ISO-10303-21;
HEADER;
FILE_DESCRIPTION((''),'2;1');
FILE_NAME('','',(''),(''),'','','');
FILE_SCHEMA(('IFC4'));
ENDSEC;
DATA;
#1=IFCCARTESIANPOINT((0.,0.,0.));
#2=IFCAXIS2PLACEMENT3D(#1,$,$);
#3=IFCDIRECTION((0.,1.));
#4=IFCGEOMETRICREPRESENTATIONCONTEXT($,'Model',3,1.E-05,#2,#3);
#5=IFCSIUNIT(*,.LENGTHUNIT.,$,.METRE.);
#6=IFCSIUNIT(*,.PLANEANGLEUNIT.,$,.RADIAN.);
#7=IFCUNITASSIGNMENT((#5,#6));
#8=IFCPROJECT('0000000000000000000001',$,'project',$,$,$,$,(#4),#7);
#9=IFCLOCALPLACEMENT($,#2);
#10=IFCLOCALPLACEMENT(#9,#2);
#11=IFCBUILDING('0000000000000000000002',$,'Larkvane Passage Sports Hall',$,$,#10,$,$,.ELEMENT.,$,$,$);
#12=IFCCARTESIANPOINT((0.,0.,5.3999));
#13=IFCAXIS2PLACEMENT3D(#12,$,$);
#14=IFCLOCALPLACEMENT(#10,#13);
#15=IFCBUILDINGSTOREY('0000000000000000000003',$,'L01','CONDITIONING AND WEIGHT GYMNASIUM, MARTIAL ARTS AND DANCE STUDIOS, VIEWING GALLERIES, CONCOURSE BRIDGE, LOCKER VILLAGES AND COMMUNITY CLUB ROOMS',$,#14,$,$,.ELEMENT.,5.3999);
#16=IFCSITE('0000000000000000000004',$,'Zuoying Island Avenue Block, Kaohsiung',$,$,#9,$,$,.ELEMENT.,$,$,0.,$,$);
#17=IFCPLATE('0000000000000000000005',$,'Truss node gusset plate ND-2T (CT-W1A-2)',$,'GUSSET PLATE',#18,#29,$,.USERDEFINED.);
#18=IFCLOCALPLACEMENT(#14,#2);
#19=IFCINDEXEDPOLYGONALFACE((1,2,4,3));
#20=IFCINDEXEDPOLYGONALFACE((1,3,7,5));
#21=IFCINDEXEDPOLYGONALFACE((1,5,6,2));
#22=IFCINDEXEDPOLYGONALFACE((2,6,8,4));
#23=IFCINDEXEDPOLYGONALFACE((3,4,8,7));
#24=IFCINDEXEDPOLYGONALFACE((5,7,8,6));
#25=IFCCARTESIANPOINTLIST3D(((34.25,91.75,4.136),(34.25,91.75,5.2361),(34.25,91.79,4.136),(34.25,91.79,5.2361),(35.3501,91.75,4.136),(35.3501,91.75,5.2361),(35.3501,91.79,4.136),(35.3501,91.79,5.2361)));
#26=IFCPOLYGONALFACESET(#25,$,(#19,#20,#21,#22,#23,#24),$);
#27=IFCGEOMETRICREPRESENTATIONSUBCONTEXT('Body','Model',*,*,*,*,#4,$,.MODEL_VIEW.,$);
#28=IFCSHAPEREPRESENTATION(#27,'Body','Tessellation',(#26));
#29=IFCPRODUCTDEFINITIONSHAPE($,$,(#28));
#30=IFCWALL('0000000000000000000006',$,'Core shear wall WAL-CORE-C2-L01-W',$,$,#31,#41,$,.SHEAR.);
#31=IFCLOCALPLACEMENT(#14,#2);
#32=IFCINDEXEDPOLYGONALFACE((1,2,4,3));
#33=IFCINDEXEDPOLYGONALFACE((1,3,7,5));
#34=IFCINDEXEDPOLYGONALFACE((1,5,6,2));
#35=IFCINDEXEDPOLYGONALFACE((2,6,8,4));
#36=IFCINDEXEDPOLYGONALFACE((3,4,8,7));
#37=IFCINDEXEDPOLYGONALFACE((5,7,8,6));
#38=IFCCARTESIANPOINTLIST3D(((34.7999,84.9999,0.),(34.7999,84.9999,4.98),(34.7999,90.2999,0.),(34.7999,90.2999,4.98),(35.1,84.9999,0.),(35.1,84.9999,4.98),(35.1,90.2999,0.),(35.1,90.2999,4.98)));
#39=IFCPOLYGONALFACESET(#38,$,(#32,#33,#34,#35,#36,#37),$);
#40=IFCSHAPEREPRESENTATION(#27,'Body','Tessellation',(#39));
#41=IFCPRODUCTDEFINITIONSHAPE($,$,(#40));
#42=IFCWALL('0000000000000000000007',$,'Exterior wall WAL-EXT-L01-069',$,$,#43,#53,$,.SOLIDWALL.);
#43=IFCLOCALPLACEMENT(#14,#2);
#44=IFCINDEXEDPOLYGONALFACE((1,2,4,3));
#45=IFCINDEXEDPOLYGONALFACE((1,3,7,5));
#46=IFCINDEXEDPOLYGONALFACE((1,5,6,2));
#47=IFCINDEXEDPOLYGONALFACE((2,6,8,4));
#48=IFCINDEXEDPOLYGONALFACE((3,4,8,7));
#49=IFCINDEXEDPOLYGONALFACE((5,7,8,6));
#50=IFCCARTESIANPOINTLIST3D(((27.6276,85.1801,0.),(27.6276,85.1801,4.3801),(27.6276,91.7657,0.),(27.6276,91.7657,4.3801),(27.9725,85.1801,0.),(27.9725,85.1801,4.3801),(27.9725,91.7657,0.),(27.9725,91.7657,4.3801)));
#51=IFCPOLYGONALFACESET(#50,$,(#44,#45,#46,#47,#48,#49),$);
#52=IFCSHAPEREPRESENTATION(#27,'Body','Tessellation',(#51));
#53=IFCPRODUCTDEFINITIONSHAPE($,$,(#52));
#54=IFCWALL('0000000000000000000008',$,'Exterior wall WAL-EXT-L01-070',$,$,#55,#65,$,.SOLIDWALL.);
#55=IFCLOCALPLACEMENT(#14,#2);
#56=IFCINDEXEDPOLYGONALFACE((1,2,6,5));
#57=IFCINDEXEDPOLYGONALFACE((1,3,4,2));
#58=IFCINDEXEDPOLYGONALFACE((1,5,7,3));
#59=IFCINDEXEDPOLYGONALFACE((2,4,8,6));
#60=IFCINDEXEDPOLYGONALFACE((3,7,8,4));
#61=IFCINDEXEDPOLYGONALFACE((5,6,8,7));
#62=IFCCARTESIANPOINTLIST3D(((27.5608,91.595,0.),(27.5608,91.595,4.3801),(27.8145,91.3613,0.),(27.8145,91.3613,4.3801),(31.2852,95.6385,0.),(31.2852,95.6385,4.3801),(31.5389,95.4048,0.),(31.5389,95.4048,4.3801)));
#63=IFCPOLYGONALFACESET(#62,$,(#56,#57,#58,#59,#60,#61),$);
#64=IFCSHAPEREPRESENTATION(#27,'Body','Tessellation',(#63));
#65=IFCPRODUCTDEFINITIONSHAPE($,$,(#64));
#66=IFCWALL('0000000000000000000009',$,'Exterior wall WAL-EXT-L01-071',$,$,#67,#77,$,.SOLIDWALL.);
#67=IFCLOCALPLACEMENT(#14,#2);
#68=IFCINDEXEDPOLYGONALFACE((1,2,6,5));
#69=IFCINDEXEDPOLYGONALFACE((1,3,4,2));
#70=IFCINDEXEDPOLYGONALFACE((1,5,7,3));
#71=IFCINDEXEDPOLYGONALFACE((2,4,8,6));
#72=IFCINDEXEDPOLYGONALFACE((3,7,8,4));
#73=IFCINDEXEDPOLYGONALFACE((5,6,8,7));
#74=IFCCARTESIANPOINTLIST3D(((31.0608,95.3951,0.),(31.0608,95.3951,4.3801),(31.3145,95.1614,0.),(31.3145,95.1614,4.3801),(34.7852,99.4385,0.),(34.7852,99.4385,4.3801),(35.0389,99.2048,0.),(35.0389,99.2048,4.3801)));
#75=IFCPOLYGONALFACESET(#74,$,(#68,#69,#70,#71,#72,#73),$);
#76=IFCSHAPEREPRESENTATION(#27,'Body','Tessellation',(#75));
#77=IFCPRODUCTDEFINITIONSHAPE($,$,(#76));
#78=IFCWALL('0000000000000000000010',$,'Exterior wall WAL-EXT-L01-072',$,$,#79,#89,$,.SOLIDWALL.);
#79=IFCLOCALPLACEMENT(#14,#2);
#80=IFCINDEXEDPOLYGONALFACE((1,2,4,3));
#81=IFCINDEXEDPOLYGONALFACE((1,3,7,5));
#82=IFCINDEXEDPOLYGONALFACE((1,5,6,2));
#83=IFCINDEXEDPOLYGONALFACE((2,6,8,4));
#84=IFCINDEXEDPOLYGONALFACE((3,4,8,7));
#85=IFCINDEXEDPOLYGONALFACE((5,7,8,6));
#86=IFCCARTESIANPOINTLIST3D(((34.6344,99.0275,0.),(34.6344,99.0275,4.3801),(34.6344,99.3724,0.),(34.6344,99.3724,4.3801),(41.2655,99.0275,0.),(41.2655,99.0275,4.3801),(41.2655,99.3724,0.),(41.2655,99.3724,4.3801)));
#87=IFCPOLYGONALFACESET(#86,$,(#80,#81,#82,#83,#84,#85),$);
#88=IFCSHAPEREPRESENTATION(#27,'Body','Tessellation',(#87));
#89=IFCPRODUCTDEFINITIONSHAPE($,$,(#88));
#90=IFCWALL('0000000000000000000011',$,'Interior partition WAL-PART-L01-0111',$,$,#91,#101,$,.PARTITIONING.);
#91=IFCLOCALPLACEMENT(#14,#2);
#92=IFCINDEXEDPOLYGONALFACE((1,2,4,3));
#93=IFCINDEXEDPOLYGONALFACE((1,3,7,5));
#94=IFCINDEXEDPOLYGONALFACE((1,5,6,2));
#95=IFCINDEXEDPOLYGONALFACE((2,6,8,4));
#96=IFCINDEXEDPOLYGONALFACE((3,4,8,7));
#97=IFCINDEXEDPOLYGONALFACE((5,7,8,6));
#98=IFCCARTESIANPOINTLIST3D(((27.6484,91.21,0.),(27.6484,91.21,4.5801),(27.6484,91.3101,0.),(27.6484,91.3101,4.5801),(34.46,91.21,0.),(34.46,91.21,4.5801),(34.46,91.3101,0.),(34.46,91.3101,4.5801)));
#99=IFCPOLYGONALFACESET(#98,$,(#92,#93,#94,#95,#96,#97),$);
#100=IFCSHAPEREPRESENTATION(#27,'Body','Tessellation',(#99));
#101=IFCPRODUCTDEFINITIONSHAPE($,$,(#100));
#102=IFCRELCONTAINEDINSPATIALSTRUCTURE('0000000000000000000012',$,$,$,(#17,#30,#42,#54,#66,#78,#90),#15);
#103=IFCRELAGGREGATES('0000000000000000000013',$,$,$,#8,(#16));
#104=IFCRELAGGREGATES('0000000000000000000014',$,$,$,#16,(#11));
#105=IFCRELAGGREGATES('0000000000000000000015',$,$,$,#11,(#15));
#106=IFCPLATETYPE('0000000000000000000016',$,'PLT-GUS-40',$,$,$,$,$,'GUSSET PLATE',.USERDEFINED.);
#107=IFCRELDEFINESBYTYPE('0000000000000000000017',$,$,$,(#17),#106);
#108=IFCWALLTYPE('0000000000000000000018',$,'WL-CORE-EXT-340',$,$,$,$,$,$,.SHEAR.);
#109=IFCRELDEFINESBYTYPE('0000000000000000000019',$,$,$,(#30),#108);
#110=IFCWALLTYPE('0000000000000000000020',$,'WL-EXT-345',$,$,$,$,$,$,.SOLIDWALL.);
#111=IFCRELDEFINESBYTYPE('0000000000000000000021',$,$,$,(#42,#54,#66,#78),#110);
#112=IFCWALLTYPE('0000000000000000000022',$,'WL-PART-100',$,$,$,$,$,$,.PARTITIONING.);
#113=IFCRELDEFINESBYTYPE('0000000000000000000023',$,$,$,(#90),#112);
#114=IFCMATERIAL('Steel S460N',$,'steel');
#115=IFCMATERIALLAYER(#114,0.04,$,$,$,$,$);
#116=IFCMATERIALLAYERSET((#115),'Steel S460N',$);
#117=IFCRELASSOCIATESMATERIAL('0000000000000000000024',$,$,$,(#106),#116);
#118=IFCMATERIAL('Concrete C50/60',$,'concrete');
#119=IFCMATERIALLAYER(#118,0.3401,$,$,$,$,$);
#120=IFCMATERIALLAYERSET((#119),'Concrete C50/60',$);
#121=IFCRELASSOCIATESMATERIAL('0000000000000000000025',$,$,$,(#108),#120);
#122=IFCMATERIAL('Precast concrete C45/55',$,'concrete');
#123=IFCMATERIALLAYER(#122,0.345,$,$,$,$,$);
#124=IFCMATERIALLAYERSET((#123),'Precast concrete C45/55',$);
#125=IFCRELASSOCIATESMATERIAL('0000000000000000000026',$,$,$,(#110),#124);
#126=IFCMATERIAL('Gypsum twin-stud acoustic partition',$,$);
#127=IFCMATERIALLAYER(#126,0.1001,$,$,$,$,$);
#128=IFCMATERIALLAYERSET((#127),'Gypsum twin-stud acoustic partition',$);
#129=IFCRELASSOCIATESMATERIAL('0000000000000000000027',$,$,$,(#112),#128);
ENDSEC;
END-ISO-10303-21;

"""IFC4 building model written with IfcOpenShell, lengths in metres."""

from ifc_helpers import new_model, si_unit, direction, frame, frame_2d, origin, origin_2d, place, context, subcontext, project, spatial, rectangle, extrude, material, layer, layer_set, type_object, element, save


model = new_model("IFC4")

# Units and contexts
model_context = context("Model", 3, precision=1e-05, world=origin(), true_north=direction((0.0, 1.0)))
body_context = subcontext(model_context, "Body", "Model", "MODEL_VIEW")
ifc_project = project(units=[si_unit("LENGTHUNIT", "METRE"), si_unit("PLANEANGLEUNIT", "RADIAN")], contexts=[model_context])

# Site, building, storey
site_placement = place(None, origin())
site = spatial("IfcSite", under=ifc_project, at=site_placement, Name="Zuoying Island Avenue Block, Kaohsiung", CompositionType="ELEMENT", RefElevation=0.0)
building_placement = place(site_placement, origin())
building = spatial("IfcBuilding", under=site, at=building_placement, Name="Larkvane Passage Sports Hall", CompositionType="ELEMENT")
storey_placement = place(building_placement, frame((0.0, 0.0, 5.3999)))
storey = spatial("IfcBuildingStorey", under=building, at=storey_placement, Name="L01", Description="CONDITIONING AND WEIGHT GYMNASIUM, MARTIAL ARTS AND DANCE STUDIOS, VIEWING GALLERIES, CONCOURSE BRIDGE, LOCKER VILLAGES AND COMMUNITY CLUB ROOMS", CompositionType="ELEMENT", Elevation=5.3999)

# Shared definitions
ifc_material_1 = material(Name="Steel S460N", Category="steel")

# Plate
ifc_layer_1 = layer(ifc_material_1, 0.04)
ifc_layer_set_1 = layer_set([ifc_layer_1], Name="Steel S460N")
plate_type_1 = type_object("IfcPlateType", Name="PLT-GUS-40", ElementType="GUSSET PLATE", PredefinedType="USERDEFINED", material=ifc_layer_set_1)
for number, where, z_axis, x_axis, name in (
    (1, (34.8, 91.77, 4.136), (0.0, 0.0, 1.0), (1.0, 0.0, 0.0), "Truss node gusset plate ND-2T (CT-W1A-2)"),
):
    element("IfcPlate", number, at=place(storey_placement, frame(where, z_axis=z_axis, x_axis=x_axis)), inside=storey, type_object=plate_type_1, Name=name, ObjectType="GUSSET PLATE", PredefinedType="USERDEFINED", context=body_context, shape_type="SweptSolid", body=[
        extrude(rectangle(XDim=1.1001, YDim=0.04, at=origin_2d()), origin(), (0.0, 0.0, 1.0), 1.1001),
    ])

# Walls
ifc_material_2 = material(Name="Concrete C50/60", Category="concrete")
ifc_layer_2 = layer(ifc_material_2, 0.3401)
ifc_layer_set_2 = layer_set([ifc_layer_2], Name="Concrete C50/60")
wall_type_1 = type_object("IfcWallType", Name="WL-CORE-EXT-340", PredefinedType="SHEAR", material=ifc_layer_set_2)
wall_1_placement = place(storey_placement, frame((34.95, 85.0, 0.0), z_axis=(0.0, 0.0, 1.0), x_axis=(0.0, 1.0, 0.0)))
element("IfcWall", 2, at=wall_1_placement, inside=storey, type_object=wall_type_1, Name="Core shear wall WAL-CORE-C2-L01-W", PredefinedType="SHEAR", context=body_context, shape_type="SweptSolid", body=[
    extrude(rectangle(XDim=5.3, YDim=0.3, at=frame_2d((2.6499, 0.0))), origin(), (0.0, 0.0, 1.0), 4.98),
])
ifc_material_3 = material(Name="Precast concrete C45/55", Category="concrete")
ifc_layer_3 = layer(ifc_material_3, 0.345)
ifc_layer_set_3 = layer_set([ifc_layer_3], Name="Precast concrete C45/55")
wall_type_2 = type_object("IfcWallType", Name="WL-EXT-345", PredefinedType="SOLIDWALL", material=ifc_layer_set_3)
wall_2_placement = place(storey_placement, frame((27.8, 85.1799, 0.0), z_axis=(0.0, 0.0, 1.0), x_axis=(0.0, 1.0, 0.0)))
element("IfcWall", 3, at=wall_2_placement, inside=storey, type_object=wall_type_2, Name="Exterior wall WAL-EXT-L01-069", PredefinedType="SOLIDWALL", context=body_context, shape_type="SweptSolid", body=[
    extrude(rectangle(XDim=6.5857, YDim=0.345, at=frame_2d((3.293, 0.0))), origin(), (0.0, 0.0, 1.0), 4.3801),
])
for number, where, z_axis, x_axis, name in (
    (4, (27.6877, 91.4783, 0.0), (0.0, 0.0, 1.0), (0.677488, 0.735533, 0.0), "Exterior wall WAL-EXT-L01-070"),
    (5, (31.1877, 95.2783, 0.0), (0.0, 0.0, 1.0), (0.677488, 0.735533, 0.0), "Exterior wall WAL-EXT-L01-071"),
):
    element("IfcWall", number, at=place(storey_placement, frame(where, z_axis=z_axis, x_axis=x_axis)), inside=storey, type_object=wall_type_2, Name=name, PredefinedType="SOLIDWALL", context=body_context, shape_type="SweptSolid", body=[
        extrude(rectangle(XDim=5.4973, YDim=0.345, at=frame_2d((2.7485, 0.0))), origin(), (0.0, 0.0, 1.0), 4.3801),
    ])
wall_3_placement = place(storey_placement, frame((34.6345, 99.2, 0.0), z_axis=(0.0, 0.0, 1.0), x_axis=(1.0, 0.0, 0.0)))
element("IfcWall", 6, at=wall_3_placement, inside=storey, type_object=wall_type_2, Name="Exterior wall WAL-EXT-L01-072", PredefinedType="SOLIDWALL", context=body_context, shape_type="SweptSolid", body=[
    extrude(rectangle(XDim=6.6311, YDim=0.345, at=frame_2d((3.3154, 0.0))), origin(), (0.0, 0.0, 1.0), 4.3801),
])
ifc_material_4 = material(Name="Gypsum twin-stud acoustic partition")
ifc_layer_4 = layer(ifc_material_4, 0.1001)
ifc_layer_set_4 = layer_set([ifc_layer_4], Name="Gypsum twin-stud acoustic partition")
wall_type_3 = type_object("IfcWallType", Name="WL-PART-100", PredefinedType="PARTITIONING", material=ifc_layer_set_4)
wall_4_placement = place(storey_placement, frame((27.6484, 91.26, 0.0), z_axis=(0.0, 0.0, 1.0), x_axis=(1.0, 0.0, 0.0)))
element("IfcWall", 7, at=wall_4_placement, inside=storey, type_object=wall_type_3, Name="Interior partition WAL-PART-L01-0111", PredefinedType="PARTITIONING", context=body_context, shape_type="SweptSolid", body=[
    extrude(rectangle(XDim=6.8115, YDim=0.1001, at=frame_2d((3.4058, 0.0))), origin(), (0.0, 0.0, 1.0), 4.5801),
])

save(model, "model.ifc")
